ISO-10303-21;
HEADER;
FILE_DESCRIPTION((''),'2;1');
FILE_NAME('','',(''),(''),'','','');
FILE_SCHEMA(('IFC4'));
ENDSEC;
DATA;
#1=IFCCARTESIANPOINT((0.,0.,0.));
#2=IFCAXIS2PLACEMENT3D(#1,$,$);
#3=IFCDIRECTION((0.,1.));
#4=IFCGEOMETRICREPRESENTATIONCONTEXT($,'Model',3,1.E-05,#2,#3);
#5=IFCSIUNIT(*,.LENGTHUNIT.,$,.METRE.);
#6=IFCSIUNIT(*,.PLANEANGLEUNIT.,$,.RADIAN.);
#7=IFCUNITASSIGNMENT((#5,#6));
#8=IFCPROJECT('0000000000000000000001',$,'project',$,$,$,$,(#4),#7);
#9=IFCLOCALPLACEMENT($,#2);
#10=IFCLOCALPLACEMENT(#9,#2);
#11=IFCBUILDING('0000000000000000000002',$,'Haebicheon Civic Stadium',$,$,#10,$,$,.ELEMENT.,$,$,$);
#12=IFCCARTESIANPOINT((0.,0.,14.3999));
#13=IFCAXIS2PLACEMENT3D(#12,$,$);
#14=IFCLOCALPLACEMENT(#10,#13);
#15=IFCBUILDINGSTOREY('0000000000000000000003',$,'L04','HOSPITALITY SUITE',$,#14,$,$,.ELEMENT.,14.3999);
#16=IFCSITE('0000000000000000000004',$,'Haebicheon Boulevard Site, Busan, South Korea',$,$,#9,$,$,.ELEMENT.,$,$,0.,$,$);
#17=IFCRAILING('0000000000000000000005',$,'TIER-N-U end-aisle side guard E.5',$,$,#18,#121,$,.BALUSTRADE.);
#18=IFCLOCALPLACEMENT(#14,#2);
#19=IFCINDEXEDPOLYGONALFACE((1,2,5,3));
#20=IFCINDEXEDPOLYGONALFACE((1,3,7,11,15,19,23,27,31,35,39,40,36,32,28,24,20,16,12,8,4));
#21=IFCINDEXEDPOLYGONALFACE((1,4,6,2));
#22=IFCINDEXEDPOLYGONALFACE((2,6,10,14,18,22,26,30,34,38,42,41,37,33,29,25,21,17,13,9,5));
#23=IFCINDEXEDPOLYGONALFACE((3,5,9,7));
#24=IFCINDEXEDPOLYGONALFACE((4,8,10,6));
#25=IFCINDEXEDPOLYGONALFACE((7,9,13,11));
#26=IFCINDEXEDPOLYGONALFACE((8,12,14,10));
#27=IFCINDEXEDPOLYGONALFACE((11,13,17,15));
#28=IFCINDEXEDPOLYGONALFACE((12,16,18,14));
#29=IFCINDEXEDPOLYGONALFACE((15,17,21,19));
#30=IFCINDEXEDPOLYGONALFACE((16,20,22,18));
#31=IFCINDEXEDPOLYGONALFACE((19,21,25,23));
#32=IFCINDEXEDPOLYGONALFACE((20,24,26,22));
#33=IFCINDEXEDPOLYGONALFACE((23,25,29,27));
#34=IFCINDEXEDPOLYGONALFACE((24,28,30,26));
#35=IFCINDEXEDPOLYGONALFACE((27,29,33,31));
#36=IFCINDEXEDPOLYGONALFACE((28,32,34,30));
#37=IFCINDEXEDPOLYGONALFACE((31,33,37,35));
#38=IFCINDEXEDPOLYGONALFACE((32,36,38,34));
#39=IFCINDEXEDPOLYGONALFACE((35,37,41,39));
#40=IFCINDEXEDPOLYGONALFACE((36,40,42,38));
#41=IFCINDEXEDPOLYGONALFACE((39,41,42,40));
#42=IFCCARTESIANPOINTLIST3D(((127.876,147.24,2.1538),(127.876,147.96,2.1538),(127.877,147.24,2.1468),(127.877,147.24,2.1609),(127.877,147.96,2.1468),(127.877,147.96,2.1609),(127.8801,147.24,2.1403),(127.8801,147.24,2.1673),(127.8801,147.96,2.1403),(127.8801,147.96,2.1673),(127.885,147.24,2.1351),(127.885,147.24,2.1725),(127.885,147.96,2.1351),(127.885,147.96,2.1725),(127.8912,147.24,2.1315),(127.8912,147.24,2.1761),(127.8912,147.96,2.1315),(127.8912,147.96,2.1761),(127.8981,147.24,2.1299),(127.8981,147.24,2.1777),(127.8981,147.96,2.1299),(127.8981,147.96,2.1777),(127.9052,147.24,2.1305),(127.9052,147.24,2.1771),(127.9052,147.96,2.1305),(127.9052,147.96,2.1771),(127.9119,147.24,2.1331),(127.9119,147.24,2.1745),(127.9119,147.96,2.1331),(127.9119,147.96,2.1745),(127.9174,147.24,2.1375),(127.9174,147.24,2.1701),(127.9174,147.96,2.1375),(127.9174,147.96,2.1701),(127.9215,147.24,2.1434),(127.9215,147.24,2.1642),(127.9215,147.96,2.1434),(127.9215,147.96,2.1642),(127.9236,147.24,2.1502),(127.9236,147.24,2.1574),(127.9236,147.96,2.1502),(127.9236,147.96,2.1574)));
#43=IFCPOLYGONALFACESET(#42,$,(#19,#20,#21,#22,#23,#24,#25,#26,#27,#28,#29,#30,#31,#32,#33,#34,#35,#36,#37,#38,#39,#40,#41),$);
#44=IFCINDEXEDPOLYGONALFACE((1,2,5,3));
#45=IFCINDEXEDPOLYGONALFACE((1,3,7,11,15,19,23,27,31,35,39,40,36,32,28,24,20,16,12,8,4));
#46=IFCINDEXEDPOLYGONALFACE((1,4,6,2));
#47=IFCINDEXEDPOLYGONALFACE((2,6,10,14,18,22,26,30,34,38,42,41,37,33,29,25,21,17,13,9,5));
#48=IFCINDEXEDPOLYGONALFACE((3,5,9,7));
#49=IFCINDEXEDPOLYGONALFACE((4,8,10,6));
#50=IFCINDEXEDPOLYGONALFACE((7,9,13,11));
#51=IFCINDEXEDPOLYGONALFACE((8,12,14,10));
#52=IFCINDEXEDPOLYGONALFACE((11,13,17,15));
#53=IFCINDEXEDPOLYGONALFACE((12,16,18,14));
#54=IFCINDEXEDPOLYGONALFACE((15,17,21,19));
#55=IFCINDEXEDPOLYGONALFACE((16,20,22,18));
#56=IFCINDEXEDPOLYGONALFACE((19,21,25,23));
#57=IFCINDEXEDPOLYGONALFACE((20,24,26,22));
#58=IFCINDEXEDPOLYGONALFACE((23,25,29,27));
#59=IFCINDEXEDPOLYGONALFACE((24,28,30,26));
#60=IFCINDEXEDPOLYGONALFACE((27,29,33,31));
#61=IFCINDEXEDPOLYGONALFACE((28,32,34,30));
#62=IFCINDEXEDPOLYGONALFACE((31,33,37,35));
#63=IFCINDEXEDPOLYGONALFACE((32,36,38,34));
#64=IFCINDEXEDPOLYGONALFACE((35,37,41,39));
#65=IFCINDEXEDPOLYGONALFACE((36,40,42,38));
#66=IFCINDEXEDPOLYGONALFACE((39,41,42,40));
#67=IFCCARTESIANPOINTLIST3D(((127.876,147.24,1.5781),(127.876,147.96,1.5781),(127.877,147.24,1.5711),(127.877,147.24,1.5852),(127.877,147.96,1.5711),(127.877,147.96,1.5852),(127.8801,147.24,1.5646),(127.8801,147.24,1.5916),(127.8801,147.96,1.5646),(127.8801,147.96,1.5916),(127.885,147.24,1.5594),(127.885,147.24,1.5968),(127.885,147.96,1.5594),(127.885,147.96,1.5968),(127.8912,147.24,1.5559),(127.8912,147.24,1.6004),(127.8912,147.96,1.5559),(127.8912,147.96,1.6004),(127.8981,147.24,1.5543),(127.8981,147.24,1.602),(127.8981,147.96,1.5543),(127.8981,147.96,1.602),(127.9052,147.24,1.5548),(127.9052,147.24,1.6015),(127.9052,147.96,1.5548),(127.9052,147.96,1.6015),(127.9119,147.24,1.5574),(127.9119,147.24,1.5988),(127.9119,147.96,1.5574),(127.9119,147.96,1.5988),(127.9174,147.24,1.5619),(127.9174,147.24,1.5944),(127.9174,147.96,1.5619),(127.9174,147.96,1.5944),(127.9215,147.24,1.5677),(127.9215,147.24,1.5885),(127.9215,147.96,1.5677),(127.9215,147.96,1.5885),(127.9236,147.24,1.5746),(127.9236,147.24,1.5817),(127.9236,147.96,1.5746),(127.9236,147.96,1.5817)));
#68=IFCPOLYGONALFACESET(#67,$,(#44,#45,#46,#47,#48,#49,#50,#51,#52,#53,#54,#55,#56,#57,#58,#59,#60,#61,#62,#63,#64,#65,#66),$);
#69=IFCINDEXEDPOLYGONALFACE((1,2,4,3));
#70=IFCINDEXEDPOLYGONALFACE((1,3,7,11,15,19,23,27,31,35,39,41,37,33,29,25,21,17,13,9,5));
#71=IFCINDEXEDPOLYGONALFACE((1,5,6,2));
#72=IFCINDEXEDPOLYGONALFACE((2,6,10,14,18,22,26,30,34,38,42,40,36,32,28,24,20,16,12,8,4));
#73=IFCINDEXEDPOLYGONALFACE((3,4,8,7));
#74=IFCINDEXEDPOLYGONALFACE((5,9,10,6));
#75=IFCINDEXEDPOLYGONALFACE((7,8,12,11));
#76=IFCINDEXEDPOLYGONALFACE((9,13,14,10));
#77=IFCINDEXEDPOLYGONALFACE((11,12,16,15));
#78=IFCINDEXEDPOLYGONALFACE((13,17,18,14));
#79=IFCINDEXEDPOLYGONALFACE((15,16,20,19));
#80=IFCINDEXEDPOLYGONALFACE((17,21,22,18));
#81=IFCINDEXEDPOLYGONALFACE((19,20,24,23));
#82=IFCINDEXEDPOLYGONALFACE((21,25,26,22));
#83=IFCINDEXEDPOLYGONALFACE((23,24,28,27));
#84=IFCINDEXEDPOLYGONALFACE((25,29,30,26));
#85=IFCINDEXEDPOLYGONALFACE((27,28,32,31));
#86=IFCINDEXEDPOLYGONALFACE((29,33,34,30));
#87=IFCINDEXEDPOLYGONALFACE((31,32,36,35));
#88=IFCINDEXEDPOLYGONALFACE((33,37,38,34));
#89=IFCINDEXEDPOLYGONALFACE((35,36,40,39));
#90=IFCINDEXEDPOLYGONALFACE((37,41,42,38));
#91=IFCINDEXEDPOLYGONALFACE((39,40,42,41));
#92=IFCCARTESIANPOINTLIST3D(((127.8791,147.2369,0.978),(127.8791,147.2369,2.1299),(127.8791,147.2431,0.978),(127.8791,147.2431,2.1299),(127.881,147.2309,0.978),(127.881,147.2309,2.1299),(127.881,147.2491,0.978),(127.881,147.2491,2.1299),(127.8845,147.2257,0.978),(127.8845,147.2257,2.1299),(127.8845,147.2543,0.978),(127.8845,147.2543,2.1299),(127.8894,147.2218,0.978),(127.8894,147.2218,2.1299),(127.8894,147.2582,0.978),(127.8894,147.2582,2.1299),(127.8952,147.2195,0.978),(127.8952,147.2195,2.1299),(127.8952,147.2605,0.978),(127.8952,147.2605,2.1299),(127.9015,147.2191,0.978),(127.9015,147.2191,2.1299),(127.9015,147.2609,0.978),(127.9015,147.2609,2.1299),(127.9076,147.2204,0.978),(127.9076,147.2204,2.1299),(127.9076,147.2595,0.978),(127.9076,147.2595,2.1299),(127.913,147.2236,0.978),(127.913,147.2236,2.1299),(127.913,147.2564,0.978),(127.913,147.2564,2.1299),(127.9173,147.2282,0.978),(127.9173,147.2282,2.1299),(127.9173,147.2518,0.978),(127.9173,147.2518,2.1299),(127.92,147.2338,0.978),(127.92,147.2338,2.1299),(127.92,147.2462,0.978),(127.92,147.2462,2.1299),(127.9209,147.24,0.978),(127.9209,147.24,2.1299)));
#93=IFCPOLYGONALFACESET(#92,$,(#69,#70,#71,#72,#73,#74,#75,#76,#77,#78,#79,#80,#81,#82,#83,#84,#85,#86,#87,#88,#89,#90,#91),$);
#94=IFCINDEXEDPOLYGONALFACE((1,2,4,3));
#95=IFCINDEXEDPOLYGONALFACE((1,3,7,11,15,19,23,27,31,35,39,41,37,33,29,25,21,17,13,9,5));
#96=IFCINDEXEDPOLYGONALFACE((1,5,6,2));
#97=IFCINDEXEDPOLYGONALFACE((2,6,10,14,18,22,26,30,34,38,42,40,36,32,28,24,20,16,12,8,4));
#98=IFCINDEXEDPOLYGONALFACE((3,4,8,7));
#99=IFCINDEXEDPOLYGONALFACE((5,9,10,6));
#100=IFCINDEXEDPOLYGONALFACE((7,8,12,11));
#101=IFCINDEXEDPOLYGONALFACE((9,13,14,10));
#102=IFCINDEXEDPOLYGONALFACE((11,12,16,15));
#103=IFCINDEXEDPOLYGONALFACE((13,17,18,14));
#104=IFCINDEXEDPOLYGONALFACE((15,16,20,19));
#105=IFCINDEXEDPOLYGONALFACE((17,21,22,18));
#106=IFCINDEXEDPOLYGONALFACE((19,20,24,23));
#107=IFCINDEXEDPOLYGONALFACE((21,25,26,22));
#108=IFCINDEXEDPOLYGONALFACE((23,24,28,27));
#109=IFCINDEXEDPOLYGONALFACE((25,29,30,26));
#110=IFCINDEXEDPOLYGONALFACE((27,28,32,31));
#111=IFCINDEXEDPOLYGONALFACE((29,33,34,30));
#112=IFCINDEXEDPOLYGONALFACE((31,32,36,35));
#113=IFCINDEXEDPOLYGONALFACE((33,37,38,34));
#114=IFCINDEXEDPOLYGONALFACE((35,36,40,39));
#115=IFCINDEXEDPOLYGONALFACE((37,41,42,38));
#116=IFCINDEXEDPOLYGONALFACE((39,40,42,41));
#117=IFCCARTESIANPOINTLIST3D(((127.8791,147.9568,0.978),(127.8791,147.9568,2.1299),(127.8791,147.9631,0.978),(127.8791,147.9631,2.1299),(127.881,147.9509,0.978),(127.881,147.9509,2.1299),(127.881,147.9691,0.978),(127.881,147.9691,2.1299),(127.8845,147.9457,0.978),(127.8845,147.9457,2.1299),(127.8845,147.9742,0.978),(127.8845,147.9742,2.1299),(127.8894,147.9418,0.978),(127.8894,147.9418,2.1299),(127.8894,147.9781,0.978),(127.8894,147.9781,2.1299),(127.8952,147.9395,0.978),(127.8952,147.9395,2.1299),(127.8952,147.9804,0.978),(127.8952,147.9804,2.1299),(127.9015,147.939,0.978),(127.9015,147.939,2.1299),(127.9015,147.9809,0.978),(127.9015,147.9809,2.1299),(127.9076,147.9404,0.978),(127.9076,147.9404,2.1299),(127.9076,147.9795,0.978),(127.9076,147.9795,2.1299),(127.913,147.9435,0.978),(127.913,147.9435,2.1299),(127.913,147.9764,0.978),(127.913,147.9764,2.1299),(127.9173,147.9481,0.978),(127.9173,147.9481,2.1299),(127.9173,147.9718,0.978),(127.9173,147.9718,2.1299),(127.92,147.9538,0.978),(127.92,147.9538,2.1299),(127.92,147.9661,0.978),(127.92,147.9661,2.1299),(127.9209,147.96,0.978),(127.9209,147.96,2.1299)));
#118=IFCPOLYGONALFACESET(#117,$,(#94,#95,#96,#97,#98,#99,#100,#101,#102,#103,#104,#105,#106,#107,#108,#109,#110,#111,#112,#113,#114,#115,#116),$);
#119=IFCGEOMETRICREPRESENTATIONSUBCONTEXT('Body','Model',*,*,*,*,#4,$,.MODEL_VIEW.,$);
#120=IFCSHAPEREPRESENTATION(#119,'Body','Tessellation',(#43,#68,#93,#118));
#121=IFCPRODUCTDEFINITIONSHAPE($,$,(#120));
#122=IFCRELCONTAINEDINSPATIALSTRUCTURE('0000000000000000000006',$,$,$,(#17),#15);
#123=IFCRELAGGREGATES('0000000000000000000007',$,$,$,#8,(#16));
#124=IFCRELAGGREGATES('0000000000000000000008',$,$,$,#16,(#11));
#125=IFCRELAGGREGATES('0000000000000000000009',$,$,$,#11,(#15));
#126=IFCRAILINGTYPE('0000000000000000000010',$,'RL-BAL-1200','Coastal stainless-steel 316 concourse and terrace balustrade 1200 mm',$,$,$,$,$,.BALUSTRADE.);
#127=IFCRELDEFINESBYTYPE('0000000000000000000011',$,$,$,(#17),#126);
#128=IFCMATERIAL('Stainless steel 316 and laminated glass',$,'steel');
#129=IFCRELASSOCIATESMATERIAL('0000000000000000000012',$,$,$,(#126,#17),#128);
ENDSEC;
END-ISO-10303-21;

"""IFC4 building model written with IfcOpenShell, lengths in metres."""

from ifc_helpers import new_model, si_unit, direction, frame, origin, origin_2d, place, context, subcontext, project, spatial, circle, extrude, material, type_object, element, save


model = new_model("IFC4")

# Units and contexts
model_context = context("Model", 3, precision=1e-05, world=origin(), true_north=direction((0.0, 1.0)))
body_context = subcontext(model_context, "Body", "Model", "MODEL_VIEW")
ifc_project = project(units=[si_unit("LENGTHUNIT", "METRE"), si_unit("PLANEANGLEUNIT", "RADIAN")], contexts=[model_context])

# Site, building, storey
site_placement = place(None, origin())
site = spatial("IfcSite", under=ifc_project, at=site_placement, Name="Haebicheon Boulevard Site, Busan, South Korea", CompositionType="ELEMENT", RefElevation=0.0)
building_placement = place(site_placement, origin())
building = spatial("IfcBuilding", under=site, at=building_placement, Name="Haebicheon Civic Stadium", CompositionType="ELEMENT")
storey_placement = place(building_placement, frame((0.0, 0.0, 14.3999)))
storey = spatial("IfcBuildingStorey", under=building, at=storey_placement, Name="L04", Description="HOSPITALITY SUITE", CompositionType="ELEMENT", Elevation=14.3999)

# Railing
ifc_material_1 = material(Name="Stainless steel 316 and laminated glass", Category="steel")
railing_type = type_object("IfcRailingType", Name="RL-BAL-1200", Description="Coastal stainless-steel 316 concourse and terrace balustrade 1200 mm", PredefinedType="BALUSTRADE", material=ifc_material_1)
for number, where, name in (
    (1, (127.8999, 147.24, 0.978), "TIER-N-U end-aisle side guard E.5"),
):
    element("IfcRailing", number, at=place(storey_placement, frame(where)), inside=storey, type_object=railing_type, material=ifc_material_1, Name=name, PredefinedType="BALUSTRADE", context=body_context, shape_type="SweptSolid", body=[
        extrude(circle(Radius=0.0239, at=origin_2d()), frame((0.0, 0.0, 1.1758), z_axis=(0.0, 1.0, 0.0), x_axis=(-1.0, 0.0, 0.0)), (0.0, 0.0, 1.0), 0.72),
        extrude(circle(Radius=0.0239, at=origin_2d()), frame((0.0, 0.0, 0.6001), z_axis=(0.0, 1.0, 0.0), x_axis=(-1.0, 0.0, 0.0)), (0.0, 0.0, 1.0), 0.72),
        extrude(circle(Radius=0.021, at=origin_2d()), origin(), (0.0, 0.0, 1.0), 1.1519),
        extrude(circle(Radius=0.021, at=origin_2d()), frame((0.0, 0.72, 0.0)), (0.0, 0.0, 1.0), 1.1519),
    ])

save(model, "model.ifc")
